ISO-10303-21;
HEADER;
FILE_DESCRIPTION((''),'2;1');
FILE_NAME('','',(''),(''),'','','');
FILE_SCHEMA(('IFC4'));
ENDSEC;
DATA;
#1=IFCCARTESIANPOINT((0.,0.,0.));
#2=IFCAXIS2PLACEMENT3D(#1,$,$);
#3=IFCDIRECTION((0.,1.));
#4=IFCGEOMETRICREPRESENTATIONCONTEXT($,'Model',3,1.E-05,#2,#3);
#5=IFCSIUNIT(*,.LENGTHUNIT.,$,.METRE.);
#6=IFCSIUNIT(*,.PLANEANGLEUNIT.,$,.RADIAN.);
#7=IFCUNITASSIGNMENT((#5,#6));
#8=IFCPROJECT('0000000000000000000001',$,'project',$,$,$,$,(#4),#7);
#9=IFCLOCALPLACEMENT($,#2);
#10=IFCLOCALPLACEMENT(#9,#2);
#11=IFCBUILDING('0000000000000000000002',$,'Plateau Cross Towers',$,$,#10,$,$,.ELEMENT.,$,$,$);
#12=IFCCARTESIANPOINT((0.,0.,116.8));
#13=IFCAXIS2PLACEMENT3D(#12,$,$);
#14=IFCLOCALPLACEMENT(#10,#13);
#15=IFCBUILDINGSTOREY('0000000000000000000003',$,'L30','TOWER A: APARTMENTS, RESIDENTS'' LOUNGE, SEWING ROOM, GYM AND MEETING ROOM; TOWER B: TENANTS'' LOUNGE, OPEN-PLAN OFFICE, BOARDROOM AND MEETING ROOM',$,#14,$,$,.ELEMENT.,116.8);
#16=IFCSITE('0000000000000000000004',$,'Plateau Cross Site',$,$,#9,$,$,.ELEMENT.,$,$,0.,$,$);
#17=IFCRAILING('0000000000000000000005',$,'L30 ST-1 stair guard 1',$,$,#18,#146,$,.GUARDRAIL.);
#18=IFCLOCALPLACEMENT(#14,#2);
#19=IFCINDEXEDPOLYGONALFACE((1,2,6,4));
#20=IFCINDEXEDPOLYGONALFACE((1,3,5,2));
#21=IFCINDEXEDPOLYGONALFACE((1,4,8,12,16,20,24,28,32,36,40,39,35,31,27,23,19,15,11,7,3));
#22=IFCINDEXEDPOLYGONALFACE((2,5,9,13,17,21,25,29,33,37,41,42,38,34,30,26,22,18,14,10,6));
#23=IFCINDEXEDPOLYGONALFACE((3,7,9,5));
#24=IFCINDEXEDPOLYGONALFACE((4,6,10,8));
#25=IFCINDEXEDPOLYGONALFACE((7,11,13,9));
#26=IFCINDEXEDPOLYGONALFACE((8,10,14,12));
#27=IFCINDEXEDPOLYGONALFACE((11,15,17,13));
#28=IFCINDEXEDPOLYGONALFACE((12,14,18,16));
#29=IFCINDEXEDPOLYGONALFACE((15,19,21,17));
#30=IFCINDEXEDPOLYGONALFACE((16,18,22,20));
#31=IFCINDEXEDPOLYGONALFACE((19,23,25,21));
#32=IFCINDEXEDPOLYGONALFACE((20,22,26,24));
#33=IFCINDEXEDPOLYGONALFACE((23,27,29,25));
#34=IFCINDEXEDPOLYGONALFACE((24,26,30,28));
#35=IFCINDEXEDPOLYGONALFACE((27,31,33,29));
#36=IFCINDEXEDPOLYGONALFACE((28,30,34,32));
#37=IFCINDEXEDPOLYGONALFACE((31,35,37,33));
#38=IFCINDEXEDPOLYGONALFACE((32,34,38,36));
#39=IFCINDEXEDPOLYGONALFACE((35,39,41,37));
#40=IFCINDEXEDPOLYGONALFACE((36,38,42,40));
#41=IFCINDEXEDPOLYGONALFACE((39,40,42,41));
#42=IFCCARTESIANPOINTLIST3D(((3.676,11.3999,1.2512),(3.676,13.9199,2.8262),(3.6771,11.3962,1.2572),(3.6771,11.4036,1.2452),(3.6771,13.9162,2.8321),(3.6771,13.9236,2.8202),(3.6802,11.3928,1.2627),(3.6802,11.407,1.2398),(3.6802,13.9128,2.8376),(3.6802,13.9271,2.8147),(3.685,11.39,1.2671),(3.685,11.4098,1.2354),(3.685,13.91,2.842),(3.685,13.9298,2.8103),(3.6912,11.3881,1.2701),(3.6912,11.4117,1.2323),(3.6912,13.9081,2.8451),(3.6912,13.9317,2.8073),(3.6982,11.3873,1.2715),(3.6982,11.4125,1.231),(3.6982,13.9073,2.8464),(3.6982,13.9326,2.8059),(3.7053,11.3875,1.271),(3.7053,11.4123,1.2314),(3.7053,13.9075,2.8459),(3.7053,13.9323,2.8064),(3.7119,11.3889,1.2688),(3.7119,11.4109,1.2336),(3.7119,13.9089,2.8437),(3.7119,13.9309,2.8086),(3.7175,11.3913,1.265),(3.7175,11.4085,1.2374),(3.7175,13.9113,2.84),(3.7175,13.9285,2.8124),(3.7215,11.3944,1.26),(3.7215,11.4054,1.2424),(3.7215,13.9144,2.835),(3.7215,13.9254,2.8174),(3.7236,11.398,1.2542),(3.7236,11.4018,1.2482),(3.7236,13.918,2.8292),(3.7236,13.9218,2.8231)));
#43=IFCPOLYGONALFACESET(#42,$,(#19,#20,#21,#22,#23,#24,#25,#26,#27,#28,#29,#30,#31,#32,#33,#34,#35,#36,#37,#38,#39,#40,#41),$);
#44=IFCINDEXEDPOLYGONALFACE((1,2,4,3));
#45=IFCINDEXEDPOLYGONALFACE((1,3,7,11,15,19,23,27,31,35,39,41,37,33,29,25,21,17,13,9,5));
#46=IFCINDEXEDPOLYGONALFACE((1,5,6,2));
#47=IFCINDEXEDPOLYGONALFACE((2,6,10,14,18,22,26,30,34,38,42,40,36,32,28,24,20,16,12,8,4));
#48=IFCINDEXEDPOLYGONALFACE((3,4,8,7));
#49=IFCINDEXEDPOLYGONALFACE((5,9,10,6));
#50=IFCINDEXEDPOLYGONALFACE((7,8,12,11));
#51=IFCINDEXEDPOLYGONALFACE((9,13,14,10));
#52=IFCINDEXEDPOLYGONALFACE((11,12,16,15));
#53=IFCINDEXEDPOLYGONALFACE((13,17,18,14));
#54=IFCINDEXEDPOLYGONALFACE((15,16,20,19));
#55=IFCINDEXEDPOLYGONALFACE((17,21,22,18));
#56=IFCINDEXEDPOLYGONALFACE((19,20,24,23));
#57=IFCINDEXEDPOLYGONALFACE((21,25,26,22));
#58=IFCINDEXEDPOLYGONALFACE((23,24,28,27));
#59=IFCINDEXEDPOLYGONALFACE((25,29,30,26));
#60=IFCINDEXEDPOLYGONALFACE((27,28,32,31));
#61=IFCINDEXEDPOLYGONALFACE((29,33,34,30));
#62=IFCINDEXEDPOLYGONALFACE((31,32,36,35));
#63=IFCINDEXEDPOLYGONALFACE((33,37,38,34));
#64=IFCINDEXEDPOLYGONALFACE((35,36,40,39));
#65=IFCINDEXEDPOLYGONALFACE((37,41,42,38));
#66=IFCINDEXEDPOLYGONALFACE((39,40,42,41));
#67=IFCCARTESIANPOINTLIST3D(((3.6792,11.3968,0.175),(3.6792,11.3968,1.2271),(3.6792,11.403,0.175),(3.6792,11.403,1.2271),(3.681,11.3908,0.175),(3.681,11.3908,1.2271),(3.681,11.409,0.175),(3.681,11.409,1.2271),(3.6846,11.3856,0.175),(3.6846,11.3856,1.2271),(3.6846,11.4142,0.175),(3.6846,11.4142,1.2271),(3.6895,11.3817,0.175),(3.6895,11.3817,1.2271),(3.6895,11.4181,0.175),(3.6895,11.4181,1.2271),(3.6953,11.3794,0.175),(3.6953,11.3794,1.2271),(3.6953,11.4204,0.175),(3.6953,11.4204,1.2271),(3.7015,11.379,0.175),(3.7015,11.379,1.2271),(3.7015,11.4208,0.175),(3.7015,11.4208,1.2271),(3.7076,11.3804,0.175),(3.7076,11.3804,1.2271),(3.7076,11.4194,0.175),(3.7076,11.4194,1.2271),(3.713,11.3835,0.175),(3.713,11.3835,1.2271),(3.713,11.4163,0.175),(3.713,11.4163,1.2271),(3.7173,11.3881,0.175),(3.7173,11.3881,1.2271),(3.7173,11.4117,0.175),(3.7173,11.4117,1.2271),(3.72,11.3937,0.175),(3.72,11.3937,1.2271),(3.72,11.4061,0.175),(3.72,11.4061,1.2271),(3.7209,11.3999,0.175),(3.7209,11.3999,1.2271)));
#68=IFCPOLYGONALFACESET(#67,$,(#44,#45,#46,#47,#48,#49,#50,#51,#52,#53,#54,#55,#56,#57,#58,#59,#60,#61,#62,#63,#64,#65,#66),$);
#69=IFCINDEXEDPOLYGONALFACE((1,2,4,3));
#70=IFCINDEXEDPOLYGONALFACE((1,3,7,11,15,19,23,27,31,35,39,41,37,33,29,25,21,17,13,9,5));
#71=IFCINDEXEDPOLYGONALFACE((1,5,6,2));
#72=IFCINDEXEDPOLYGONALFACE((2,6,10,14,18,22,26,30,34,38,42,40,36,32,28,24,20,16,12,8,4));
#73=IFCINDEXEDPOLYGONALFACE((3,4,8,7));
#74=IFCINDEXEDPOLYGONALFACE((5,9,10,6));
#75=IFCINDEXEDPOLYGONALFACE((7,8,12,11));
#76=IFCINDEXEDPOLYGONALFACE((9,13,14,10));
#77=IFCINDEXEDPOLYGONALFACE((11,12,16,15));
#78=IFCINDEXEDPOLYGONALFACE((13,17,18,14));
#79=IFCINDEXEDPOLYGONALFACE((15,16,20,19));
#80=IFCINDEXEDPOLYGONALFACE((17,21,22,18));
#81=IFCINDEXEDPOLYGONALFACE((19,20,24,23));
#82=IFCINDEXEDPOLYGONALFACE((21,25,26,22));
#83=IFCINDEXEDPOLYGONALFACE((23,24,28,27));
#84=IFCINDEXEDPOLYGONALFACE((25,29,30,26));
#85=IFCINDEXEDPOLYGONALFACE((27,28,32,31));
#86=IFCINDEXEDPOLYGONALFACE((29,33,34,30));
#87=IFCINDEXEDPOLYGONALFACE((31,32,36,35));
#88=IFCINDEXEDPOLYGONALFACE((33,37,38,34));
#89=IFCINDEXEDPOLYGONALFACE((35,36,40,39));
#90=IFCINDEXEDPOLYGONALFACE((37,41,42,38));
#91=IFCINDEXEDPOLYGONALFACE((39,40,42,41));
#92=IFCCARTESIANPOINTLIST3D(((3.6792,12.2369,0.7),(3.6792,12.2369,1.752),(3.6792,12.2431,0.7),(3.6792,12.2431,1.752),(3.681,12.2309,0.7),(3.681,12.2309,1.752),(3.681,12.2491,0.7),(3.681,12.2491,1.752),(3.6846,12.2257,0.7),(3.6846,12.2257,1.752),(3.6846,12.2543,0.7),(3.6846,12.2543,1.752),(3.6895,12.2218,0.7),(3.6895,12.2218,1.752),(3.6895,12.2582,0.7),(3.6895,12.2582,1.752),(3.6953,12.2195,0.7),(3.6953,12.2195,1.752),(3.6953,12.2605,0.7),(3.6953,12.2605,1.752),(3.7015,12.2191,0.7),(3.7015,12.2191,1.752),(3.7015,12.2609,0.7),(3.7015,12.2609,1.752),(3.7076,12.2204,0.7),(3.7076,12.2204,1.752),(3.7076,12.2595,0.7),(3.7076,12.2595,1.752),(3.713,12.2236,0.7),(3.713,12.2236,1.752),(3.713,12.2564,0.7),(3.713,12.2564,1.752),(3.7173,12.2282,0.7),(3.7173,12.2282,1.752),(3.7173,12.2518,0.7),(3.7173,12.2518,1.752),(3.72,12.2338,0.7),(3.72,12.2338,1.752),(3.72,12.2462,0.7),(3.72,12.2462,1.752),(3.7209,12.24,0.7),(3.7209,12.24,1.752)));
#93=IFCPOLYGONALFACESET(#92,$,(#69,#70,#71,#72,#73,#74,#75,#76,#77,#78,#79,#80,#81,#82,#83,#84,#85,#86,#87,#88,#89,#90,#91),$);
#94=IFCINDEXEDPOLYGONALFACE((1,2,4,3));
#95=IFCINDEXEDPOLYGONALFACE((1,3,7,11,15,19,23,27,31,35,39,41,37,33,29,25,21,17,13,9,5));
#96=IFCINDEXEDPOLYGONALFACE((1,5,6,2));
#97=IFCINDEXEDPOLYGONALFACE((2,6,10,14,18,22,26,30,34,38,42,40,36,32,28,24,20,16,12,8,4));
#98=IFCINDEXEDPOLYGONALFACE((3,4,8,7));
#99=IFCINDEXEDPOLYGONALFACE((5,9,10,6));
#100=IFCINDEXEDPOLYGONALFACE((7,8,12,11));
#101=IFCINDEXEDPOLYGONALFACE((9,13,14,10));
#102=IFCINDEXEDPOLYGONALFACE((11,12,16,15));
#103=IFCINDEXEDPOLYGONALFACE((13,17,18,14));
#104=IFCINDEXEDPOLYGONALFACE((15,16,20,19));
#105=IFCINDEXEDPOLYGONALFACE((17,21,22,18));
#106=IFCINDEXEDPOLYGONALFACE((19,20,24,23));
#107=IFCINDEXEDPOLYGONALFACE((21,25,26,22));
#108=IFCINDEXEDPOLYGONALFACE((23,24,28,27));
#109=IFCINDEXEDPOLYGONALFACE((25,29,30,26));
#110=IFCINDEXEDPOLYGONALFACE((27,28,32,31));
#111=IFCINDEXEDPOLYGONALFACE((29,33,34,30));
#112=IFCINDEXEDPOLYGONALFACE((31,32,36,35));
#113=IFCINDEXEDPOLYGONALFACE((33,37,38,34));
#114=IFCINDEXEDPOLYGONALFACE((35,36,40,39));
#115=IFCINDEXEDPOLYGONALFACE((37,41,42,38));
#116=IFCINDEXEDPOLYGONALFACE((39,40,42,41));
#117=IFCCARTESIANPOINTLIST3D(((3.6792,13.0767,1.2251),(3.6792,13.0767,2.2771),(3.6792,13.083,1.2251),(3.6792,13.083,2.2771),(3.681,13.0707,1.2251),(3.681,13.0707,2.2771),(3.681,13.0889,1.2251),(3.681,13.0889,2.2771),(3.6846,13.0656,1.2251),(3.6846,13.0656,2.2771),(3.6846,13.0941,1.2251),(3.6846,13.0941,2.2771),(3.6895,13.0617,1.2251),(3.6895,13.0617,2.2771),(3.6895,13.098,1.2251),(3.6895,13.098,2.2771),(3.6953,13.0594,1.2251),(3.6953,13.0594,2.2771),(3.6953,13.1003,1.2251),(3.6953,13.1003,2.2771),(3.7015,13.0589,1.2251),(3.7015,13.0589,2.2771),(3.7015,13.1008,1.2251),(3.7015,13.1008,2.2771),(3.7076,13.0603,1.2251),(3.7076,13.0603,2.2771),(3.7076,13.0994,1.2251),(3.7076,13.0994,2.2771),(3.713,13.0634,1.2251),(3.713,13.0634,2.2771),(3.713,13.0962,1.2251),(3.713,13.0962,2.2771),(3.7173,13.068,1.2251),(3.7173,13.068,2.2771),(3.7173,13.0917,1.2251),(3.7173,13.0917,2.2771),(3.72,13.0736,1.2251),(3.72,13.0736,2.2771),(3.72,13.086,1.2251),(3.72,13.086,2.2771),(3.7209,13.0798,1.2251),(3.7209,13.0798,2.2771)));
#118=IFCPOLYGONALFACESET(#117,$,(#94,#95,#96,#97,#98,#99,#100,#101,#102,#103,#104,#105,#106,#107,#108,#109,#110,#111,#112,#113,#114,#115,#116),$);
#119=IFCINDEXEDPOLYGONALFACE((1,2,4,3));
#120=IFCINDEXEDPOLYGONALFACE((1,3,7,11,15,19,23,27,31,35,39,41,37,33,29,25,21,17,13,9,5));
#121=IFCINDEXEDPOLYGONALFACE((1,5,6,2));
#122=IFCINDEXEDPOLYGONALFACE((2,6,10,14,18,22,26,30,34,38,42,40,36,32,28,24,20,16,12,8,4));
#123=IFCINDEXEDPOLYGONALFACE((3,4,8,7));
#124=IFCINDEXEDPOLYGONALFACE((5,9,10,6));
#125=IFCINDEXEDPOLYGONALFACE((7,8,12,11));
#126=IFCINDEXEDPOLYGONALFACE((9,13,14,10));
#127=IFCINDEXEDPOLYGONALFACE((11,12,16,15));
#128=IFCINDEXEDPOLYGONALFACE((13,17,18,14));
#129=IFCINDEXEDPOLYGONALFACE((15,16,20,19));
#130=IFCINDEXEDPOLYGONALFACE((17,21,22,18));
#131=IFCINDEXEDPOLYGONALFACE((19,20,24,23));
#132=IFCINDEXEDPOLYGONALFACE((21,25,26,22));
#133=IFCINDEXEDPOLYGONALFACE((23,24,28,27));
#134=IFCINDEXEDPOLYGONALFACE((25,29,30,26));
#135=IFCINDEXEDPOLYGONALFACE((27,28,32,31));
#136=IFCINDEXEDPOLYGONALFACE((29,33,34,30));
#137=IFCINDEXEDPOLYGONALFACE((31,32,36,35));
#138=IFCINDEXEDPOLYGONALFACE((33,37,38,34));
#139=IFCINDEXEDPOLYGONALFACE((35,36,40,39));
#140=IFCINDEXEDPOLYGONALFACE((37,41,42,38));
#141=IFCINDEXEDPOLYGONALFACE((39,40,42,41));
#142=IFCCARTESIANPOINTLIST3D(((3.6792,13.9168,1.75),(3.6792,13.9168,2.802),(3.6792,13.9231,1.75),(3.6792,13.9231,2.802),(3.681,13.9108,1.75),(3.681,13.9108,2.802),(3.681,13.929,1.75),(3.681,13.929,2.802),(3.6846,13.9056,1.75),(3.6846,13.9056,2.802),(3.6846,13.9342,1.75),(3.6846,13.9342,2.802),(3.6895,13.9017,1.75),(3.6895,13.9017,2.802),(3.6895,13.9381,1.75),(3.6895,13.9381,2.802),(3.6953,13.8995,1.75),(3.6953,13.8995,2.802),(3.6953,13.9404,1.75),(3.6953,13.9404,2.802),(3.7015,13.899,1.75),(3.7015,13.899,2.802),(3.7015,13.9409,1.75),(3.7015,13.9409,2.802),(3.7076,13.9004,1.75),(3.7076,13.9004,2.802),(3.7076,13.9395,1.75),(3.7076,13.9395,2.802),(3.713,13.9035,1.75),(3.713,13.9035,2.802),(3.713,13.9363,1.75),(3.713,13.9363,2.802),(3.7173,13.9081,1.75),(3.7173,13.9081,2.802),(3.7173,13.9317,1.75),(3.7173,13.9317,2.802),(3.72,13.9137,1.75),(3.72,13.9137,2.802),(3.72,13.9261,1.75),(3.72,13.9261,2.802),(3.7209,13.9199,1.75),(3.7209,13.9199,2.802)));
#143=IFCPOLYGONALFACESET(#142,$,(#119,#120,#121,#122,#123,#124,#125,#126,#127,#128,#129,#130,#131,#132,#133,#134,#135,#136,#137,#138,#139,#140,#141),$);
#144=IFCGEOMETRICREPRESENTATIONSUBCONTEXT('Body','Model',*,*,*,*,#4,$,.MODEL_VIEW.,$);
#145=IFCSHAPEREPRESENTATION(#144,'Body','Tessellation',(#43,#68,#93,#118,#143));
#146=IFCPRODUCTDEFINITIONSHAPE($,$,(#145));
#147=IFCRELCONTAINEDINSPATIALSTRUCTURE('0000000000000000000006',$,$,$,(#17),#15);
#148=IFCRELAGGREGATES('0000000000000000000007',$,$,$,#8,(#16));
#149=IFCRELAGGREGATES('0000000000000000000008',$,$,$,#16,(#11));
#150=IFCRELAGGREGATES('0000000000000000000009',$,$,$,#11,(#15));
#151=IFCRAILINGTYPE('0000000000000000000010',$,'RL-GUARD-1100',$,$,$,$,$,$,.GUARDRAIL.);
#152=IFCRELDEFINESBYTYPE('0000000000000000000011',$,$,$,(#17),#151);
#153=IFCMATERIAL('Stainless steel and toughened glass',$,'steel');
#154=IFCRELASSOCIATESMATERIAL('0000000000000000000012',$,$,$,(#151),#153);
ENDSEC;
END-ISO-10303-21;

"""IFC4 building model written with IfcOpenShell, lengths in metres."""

from ifc_helpers import new_model, si_unit, direction, frame, origin, origin_2d, place, context, subcontext, project, spatial, circle, extrude, material, type_object, element, save


model = new_model("IFC4")

# Units and contexts
model_context = context("Model", 3, precision=1e-05, world=origin(), true_north=direction((0.0, 1.0)))
body_context = subcontext(model_context, "Body", "Model", "MODEL_VIEW")
ifc_project = project(units=[si_unit("LENGTHUNIT", "METRE"), si_unit("PLANEANGLEUNIT", "RADIAN")], contexts=[model_context])

# Site, building, storey
site_placement = place(None, origin())
site = spatial("IfcSite", under=ifc_project, at=site_placement, Name="Plateau Cross Site", CompositionType="ELEMENT", RefElevation=0.0)
building_placement = place(site_placement, origin())
building = spatial("IfcBuilding", under=site, at=building_placement, Name="Plateau Cross Towers", CompositionType="ELEMENT")
storey_placement = place(building_placement, frame((0.0, 0.0, 116.8)))
storey = spatial("IfcBuildingStorey", under=building, at=storey_placement, Name="L30", Description="TOWER A: APARTMENTS, RESIDENTS' LOUNGE, SEWING ROOM, GYM AND MEETING ROOM; TOWER B: TENANTS' LOUNGE, OPEN-PLAN OFFICE, BOARDROOM AND MEETING ROOM", CompositionType="ELEMENT", Elevation=116.8)

# Railing
ifc_material_1 = material(Name="Stainless steel and toughened glass", Category="steel")
railing_type = type_object("IfcRailingType", Name="RL-GUARD-1100", PredefinedType="GUARDRAIL", material=ifc_material_1)
railing_1_placement = place(storey_placement, frame((3.7, 11.3999, 0.175)))
element("IfcRailing", 1, at=railing_1_placement, inside=storey, type_object=railing_type, Name="L30 ST-1 stair guard 1", PredefinedType="GUARDRAIL", context=body_context, shape_type="SweptSolid", body=[
    extrude(circle(Radius=0.0239, at=origin_2d()), frame((0.0, 0.0, 1.0762), z_axis=(0.0, 0.848008, 0.529984), x_axis=(-1.0, 0.0, 0.0)), (0.0, 0.0, 1.0), 2.9717),
    extrude(circle(Radius=0.021, at=origin_2d()), origin(), (0.0, 0.0, 1.0), 1.052),
    extrude(circle(Radius=0.021, at=origin_2d()), frame((0.0, 0.8401, 0.5249)), (0.0, 0.0, 1.0), 1.052),
    extrude(circle(Radius=0.021, at=origin_2d()), frame((0.0, 1.6799, 1.05)), (0.0, 0.0, 1.0), 1.052),
    extrude(circle(Radius=0.021, at=origin_2d()), frame((0.0, 2.52, 1.575)), (0.0, 0.0, 1.0), 1.052),
])

save(model, "model.ifc")
